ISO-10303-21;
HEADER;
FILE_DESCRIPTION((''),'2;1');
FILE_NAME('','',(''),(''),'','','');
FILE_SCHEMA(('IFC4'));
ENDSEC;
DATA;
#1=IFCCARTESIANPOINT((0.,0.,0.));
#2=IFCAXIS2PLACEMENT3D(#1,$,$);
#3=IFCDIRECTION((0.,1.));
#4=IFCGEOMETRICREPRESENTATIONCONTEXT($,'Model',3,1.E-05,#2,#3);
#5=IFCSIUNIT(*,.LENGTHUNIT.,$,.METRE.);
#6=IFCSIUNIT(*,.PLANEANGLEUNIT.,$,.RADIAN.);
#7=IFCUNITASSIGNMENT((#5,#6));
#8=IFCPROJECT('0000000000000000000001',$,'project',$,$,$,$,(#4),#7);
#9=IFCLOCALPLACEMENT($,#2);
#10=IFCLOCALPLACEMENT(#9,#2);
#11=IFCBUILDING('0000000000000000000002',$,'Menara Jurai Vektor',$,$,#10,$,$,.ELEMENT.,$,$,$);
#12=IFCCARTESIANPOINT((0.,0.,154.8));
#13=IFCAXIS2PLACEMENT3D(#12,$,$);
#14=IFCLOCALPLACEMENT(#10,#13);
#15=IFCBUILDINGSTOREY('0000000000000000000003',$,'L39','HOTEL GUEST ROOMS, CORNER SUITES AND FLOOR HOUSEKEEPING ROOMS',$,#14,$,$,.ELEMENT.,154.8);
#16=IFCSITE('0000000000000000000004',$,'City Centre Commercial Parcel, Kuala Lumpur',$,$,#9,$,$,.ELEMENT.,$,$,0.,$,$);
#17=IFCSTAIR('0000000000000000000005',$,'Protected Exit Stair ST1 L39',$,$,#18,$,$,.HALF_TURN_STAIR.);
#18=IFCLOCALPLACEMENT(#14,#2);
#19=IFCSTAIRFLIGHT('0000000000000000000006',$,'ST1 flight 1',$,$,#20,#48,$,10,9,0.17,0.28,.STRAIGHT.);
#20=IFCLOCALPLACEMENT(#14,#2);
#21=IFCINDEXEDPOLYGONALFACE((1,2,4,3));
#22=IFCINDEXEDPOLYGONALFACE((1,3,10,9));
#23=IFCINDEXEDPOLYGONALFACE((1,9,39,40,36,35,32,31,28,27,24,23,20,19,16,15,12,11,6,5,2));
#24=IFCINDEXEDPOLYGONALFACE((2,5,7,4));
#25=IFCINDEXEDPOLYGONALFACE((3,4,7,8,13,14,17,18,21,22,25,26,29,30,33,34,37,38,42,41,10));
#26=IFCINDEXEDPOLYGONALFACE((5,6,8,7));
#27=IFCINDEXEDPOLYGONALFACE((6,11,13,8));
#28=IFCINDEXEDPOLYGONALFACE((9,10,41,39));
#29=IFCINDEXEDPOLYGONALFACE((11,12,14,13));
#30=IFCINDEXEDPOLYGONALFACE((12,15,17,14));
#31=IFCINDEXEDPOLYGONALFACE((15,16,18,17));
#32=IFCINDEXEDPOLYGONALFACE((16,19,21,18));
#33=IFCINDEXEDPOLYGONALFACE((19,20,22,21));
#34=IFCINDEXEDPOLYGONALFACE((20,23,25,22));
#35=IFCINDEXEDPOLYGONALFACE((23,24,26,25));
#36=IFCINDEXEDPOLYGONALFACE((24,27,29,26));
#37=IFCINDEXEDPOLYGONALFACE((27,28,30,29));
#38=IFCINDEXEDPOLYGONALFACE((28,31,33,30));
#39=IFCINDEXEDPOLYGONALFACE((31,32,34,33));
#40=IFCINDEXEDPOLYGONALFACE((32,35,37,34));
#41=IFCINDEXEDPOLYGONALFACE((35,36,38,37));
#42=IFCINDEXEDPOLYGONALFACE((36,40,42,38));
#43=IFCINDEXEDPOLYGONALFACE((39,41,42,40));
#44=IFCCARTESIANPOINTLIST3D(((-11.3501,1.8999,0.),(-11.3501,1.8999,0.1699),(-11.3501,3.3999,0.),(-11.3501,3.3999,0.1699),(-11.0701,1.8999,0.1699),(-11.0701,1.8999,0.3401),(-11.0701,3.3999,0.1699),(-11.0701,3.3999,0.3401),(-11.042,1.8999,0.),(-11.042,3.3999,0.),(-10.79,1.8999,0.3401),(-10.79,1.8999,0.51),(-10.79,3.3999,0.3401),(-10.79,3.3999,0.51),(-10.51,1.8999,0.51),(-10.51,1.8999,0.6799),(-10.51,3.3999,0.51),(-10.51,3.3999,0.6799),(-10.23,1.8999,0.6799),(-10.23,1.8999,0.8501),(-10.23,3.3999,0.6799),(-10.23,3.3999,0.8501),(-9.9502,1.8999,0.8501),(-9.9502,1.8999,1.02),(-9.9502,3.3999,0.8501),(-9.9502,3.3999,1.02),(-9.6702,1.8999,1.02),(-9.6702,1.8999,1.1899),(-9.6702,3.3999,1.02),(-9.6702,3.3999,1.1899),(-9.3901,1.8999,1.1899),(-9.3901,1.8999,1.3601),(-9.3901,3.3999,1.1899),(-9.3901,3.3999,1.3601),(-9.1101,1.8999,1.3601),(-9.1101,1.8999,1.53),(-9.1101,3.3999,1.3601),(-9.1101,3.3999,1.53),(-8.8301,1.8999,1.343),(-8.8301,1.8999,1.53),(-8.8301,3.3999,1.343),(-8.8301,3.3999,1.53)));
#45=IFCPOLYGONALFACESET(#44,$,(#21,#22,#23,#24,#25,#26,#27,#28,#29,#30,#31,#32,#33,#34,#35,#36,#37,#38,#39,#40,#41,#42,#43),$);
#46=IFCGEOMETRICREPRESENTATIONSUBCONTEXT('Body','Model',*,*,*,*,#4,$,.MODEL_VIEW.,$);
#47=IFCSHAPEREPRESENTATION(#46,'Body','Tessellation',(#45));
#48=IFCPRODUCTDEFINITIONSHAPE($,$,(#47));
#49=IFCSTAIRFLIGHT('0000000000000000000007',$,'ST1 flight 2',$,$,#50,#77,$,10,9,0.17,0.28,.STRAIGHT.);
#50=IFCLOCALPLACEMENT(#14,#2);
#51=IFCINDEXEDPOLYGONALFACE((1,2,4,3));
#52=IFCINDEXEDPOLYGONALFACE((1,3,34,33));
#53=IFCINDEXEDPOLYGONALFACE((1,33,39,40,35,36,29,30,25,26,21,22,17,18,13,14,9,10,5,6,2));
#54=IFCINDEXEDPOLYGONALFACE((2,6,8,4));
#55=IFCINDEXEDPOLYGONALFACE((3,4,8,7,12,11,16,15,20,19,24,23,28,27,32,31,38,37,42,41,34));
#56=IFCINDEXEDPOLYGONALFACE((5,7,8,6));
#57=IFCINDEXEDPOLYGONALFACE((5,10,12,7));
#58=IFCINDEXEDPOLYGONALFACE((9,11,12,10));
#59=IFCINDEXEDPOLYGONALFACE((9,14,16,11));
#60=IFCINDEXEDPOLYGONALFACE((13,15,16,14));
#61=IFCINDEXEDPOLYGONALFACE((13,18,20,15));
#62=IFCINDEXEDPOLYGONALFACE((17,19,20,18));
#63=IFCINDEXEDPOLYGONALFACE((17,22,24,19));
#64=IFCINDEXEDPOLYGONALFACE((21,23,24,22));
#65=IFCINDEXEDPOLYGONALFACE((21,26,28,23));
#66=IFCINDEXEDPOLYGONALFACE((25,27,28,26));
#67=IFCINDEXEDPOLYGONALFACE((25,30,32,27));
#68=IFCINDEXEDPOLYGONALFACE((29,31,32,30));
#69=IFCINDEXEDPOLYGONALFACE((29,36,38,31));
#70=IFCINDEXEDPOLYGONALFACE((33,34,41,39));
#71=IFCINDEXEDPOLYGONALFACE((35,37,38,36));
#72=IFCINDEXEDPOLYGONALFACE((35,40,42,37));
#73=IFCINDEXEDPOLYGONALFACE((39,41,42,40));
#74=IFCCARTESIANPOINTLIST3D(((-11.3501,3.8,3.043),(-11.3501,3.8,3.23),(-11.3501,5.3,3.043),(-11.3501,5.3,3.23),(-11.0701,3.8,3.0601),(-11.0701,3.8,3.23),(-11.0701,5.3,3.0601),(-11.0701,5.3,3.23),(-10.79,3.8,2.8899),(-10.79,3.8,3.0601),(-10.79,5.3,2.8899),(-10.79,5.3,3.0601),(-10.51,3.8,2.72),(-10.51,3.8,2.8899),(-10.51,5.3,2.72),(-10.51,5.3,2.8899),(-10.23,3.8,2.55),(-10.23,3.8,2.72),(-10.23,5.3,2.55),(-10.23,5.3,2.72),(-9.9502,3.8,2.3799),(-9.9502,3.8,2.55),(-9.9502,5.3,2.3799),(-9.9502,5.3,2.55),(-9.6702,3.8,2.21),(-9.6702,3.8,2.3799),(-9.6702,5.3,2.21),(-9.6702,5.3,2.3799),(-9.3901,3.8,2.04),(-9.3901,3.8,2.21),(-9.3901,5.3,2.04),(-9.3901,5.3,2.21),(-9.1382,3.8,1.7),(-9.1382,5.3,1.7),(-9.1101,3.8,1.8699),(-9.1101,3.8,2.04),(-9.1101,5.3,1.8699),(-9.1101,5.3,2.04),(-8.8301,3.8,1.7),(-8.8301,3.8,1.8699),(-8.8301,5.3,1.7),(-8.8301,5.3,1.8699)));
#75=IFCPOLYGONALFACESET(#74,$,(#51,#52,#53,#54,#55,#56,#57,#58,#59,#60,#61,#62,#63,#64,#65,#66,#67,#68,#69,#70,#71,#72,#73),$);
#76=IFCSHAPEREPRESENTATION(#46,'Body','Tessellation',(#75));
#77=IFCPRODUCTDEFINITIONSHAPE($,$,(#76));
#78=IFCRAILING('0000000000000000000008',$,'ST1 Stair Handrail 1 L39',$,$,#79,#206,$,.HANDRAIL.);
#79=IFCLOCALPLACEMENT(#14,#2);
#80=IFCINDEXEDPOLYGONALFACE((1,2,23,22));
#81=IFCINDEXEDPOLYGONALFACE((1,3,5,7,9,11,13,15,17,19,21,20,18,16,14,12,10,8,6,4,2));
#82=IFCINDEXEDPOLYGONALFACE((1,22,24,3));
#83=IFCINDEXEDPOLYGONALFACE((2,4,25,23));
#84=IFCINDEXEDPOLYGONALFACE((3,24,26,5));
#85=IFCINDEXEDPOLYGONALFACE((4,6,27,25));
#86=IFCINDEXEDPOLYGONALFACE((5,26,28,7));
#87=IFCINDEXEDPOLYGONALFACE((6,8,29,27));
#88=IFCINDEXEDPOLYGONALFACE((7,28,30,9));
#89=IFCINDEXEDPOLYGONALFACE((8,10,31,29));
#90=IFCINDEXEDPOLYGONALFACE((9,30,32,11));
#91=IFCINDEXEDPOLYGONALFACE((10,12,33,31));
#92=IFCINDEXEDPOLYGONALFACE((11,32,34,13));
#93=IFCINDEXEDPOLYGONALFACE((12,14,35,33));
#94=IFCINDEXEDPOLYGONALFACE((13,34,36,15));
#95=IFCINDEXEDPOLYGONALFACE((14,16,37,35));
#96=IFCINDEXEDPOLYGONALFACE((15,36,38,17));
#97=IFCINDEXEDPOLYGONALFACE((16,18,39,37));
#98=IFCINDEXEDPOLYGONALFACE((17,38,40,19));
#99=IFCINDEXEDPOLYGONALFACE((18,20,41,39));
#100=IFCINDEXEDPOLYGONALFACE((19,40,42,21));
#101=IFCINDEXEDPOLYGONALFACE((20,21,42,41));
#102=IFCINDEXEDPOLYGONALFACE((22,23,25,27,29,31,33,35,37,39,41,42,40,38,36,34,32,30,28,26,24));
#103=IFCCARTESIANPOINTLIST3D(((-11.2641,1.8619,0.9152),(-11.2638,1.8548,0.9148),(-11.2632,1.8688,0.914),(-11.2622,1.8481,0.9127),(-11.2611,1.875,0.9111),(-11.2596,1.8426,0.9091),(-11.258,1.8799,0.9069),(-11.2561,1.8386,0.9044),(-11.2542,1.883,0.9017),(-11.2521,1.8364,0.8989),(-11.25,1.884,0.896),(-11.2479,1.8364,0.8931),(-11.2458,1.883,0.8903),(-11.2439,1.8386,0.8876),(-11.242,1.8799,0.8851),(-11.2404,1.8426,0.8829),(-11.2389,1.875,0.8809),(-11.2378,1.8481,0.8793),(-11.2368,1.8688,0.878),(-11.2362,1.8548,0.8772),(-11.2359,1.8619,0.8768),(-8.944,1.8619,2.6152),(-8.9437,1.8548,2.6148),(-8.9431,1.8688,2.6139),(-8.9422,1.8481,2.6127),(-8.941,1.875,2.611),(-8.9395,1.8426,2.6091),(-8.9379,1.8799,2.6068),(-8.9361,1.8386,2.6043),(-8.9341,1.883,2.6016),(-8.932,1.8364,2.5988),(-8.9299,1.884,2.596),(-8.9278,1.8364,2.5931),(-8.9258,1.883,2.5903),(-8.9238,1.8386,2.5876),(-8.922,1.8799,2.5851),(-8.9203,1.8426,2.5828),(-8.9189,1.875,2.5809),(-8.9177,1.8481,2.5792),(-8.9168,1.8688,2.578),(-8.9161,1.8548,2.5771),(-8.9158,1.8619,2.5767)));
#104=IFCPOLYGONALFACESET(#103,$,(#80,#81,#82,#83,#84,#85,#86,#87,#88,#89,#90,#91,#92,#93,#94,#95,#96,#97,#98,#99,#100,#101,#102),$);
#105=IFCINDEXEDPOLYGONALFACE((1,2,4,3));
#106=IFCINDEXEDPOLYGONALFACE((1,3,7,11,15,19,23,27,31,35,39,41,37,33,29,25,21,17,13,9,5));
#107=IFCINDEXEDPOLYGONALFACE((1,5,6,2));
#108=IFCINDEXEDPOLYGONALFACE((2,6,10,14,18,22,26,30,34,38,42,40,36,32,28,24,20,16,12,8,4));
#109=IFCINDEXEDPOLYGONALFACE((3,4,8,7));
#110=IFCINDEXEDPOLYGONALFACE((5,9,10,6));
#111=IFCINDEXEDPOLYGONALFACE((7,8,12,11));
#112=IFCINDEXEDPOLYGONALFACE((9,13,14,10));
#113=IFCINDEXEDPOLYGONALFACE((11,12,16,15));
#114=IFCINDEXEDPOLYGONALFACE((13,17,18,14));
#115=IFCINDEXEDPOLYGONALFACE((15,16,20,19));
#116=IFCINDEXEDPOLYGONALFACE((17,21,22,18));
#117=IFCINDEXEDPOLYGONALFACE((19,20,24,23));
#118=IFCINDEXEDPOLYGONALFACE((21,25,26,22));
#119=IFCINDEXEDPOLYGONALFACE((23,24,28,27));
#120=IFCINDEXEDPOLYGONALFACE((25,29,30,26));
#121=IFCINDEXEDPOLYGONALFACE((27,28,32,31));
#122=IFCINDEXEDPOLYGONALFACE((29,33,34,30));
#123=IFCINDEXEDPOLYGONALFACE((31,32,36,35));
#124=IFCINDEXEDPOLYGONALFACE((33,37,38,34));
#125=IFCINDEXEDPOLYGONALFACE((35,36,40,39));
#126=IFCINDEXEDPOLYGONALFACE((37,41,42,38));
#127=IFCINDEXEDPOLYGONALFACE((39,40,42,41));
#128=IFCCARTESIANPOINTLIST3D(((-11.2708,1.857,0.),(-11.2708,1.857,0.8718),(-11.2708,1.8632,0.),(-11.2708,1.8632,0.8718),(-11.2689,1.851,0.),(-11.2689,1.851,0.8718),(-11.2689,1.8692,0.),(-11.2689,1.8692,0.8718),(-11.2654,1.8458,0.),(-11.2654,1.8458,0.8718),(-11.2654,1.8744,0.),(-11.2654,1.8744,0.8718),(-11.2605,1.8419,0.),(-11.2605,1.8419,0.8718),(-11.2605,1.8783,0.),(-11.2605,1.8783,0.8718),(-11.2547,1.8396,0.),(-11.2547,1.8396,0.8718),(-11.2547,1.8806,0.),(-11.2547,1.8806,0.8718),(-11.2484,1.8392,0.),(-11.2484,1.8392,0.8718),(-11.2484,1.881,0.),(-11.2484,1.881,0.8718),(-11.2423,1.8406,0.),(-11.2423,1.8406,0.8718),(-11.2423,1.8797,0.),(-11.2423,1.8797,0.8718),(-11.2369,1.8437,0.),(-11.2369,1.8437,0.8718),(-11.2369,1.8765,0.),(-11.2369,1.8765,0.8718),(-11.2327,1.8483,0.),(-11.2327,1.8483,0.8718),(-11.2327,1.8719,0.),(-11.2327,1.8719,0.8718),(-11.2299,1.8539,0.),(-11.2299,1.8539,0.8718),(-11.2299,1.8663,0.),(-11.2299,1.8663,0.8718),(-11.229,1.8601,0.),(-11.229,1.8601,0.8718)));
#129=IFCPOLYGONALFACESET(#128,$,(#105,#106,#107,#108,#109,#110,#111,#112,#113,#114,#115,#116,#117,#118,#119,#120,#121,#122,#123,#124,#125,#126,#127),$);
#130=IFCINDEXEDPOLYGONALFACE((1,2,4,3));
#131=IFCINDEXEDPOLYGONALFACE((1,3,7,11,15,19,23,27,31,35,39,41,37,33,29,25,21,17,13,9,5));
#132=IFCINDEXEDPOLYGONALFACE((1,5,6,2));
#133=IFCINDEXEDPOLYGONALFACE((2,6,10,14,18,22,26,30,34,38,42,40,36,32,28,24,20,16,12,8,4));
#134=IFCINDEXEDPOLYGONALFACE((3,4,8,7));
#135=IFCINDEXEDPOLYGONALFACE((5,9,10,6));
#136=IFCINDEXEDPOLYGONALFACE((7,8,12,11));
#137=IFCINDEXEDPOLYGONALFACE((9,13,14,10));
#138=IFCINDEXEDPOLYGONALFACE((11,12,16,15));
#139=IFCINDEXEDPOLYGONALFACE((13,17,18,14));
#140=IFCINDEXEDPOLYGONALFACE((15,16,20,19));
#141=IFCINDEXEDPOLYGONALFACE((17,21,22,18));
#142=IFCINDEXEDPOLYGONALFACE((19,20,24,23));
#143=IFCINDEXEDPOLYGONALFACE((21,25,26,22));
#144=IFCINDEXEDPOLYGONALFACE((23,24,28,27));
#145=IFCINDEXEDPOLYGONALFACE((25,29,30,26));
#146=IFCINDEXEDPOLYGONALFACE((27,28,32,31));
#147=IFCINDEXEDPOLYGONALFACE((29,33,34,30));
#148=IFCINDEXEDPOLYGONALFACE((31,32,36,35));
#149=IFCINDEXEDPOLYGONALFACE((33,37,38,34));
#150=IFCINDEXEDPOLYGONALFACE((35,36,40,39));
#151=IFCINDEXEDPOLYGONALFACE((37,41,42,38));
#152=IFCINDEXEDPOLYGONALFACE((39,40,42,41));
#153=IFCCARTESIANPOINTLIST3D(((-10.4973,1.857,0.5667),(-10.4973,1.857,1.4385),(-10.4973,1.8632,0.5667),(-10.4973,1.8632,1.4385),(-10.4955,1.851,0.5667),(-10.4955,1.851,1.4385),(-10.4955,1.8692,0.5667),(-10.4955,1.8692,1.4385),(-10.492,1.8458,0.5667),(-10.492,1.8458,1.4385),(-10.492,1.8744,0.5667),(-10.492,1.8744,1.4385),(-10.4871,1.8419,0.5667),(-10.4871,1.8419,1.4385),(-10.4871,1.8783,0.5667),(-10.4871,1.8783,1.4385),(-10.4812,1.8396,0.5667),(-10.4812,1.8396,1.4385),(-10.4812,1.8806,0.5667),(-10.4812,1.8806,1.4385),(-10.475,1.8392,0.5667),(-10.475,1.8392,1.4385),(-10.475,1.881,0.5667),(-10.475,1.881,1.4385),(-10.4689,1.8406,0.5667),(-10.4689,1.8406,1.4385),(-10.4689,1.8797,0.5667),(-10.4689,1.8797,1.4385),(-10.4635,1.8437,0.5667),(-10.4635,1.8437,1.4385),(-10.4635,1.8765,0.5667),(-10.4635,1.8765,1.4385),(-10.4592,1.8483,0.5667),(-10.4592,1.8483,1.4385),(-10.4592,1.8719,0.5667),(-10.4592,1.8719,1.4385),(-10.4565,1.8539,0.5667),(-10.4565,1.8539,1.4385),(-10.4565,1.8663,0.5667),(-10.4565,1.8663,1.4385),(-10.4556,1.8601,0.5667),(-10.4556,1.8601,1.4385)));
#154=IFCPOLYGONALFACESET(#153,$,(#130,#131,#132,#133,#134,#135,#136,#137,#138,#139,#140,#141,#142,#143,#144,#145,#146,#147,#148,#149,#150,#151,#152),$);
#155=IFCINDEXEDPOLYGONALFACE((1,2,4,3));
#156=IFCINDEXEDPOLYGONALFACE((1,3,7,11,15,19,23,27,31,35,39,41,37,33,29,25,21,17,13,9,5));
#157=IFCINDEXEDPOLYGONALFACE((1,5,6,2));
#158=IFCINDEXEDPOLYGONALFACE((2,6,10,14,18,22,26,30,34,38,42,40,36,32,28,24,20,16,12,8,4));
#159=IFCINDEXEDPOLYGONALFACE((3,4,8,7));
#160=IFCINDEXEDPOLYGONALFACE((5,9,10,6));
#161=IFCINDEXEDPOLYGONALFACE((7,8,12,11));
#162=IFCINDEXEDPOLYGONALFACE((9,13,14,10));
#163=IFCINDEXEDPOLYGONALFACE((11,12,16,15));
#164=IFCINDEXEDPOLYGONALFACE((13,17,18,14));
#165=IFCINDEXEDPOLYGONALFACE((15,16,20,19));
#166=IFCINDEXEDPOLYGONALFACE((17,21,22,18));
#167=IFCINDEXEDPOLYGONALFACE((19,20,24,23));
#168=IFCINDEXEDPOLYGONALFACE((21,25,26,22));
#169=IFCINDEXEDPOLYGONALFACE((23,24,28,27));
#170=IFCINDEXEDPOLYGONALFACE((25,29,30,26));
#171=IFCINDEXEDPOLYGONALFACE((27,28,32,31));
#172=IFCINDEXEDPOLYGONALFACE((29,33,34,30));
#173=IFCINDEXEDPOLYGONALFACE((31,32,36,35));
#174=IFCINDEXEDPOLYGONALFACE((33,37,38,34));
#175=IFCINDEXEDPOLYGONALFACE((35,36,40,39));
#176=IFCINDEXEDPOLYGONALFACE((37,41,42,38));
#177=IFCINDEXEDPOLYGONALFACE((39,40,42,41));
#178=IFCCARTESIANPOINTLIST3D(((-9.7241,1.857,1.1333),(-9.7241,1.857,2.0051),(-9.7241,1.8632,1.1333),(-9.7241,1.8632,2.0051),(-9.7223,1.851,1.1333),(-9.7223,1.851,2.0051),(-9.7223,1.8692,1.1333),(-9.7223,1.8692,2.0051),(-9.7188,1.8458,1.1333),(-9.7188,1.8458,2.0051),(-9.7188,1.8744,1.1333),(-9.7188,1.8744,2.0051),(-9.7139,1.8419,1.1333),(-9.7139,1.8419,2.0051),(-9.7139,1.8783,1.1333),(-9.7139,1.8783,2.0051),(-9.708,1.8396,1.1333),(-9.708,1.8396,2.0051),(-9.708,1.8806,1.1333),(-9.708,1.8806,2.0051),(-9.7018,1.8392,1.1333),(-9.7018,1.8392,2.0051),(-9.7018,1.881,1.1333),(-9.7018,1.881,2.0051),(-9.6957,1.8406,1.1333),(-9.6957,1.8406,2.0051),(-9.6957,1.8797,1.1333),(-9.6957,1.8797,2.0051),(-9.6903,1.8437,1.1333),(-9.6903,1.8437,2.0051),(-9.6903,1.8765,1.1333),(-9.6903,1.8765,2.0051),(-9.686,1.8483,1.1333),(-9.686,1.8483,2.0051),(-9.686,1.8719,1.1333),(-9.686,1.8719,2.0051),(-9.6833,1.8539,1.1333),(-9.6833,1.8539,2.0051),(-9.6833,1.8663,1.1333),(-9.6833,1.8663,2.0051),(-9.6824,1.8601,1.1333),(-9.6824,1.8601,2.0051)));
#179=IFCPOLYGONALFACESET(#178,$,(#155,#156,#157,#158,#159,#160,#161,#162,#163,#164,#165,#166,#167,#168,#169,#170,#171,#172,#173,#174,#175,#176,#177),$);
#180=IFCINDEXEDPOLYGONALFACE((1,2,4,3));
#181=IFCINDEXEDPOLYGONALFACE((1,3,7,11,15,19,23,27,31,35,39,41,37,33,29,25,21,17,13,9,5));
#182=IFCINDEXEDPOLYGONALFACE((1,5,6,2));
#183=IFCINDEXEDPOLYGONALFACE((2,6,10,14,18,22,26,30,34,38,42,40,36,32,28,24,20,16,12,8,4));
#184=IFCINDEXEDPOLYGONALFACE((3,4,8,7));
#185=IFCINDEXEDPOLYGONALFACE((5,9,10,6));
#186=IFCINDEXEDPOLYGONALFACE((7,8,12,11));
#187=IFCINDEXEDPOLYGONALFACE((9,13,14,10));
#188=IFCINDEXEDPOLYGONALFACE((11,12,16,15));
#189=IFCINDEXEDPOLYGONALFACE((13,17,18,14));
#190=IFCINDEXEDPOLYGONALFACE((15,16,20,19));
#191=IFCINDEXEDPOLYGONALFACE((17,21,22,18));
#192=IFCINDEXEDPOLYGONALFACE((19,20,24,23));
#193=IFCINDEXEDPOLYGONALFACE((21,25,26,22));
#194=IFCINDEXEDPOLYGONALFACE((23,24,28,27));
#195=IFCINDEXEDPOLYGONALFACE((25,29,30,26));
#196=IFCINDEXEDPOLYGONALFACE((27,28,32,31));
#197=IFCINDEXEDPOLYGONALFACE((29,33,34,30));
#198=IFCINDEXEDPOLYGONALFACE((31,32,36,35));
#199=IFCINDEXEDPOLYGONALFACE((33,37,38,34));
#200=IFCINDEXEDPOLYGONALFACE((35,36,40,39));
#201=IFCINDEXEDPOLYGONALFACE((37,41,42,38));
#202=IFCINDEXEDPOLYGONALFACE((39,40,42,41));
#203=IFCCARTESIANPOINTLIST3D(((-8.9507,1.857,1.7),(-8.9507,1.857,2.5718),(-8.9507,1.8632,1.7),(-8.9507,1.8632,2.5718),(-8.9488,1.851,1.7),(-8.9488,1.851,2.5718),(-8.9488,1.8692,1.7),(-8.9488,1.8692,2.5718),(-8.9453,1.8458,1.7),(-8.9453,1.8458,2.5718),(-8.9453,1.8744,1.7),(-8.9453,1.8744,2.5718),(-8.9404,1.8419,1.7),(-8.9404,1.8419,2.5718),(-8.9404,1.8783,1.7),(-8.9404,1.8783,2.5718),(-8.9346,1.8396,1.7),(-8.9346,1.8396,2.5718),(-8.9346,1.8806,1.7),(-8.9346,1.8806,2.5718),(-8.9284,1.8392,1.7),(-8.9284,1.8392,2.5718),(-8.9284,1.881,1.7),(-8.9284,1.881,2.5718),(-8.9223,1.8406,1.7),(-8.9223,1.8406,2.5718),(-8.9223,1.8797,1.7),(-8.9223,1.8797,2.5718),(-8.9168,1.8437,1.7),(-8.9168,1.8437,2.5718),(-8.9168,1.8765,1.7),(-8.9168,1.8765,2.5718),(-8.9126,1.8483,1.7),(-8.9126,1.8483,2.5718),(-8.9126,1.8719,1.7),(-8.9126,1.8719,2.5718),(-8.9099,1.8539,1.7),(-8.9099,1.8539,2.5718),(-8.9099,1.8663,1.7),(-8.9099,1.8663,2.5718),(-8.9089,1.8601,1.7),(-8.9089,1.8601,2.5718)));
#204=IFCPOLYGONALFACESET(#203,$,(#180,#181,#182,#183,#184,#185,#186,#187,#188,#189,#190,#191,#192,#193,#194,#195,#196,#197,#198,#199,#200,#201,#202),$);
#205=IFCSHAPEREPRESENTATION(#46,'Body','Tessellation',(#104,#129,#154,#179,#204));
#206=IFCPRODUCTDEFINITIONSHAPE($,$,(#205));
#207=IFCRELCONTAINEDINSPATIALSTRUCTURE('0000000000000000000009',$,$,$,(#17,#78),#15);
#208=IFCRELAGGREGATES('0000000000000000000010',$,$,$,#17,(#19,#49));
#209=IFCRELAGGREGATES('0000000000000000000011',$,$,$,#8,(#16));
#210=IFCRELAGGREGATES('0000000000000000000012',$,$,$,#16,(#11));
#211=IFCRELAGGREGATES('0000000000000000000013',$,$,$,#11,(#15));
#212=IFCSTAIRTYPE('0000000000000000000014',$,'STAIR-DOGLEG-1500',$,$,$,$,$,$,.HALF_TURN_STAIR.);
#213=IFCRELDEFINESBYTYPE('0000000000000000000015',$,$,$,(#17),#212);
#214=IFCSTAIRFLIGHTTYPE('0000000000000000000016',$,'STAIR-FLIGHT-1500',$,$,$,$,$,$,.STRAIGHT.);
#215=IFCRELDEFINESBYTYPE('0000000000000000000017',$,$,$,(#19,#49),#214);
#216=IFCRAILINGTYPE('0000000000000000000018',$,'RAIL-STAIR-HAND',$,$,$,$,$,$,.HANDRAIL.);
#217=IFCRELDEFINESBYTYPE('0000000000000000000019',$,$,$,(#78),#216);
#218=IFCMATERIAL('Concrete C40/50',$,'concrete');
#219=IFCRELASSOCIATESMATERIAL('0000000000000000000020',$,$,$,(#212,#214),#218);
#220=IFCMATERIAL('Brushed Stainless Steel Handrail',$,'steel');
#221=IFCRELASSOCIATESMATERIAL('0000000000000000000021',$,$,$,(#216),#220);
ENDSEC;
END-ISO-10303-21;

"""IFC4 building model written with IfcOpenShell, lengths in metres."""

from ifc_helpers import new_model, si_unit, direction, frame, origin, origin_2d, place, context, subcontext, project, spatial, polyline, circle, outline, extrude, material, type_object, element, aggregate, save


model = new_model("IFC4")

# Units and contexts
model_context = context("Model", 3, precision=1e-05, world=origin(), true_north=direction((0.0, 1.0)))
body_context = subcontext(model_context, "Body", "Model", "MODEL_VIEW")
ifc_project = project(units=[si_unit("LENGTHUNIT", "METRE"), si_unit("PLANEANGLEUNIT", "RADIAN")], contexts=[model_context])

# Site, building, storey
site_placement = place(None, origin())
site = spatial("IfcSite", under=ifc_project, at=site_placement, Name="City Centre Commercial Parcel, Kuala Lumpur", CompositionType="ELEMENT", RefElevation=0.0)
building_placement = place(site_placement, origin())
building = spatial("IfcBuilding", under=site, at=building_placement, Name="Menara Jurai Vektor", CompositionType="ELEMENT")
storey_placement = place(building_placement, frame((0.0, 0.0, 154.8)))
storey = spatial("IfcBuildingStorey", under=building, at=storey_placement, Name="L39", Description="HOTEL GUEST ROOMS, CORNER SUITES AND FLOOR HOUSEKEEPING ROOMS", CompositionType="ELEMENT", Elevation=154.8)

# Shared definitions
ifc_material_1 = material(Name="Concrete C40/50", Category="concrete")

# Stair, stair flights
stair_type = type_object("IfcStairType", Name="STAIR-DOGLEG-1500", PredefinedType="HALF_TURN_STAIR", material=ifc_material_1)
stair_placement = place(storey_placement, origin())
stair = element("IfcStair", 1, at=stair_placement, inside=storey, type_object=stair_type, Name="Protected Exit Stair ST1 L39", PredefinedType="HALF_TURN_STAIR")
stair_flight_type = type_object("IfcStairFlightType", Name="STAIR-FLIGHT-1500", PredefinedType="STRAIGHT", material=ifc_material_1)
stair_flight_1_placement = place(storey_placement, frame((-11.3501, 2.6499, 0.0), z_axis=(0.0, 0.0, 1.0), x_axis=(1.0, 0.0, 0.0)))
stair_flight_1 = element("IfcStairFlight", 2, at=stair_flight_1_placement, type_object=stair_flight_type, Name="ST1 flight 1", NumberOfRisers=10, NumberOfTreads=9, PredefinedType="STRAIGHT", RiserHeight=0.17, TreadLength=0.28, context=body_context, shape_type="SweptSolid", body=[
    extrude(outline(polyline([(0.0, 0.0), (0.0, 0.1699), (0.28, 0.1699), (0.28, 0.3401), (0.5601, 0.3401), (0.5601, 0.51), (0.8401, 0.51), (0.8401, 0.6799), (1.1201, 0.6799), (1.1201, 0.8501), (1.3999, 0.8501), (1.3999, 1.02), (1.6799, 1.02), (1.6799, 1.1899), (1.96, 1.1899), (1.96, 1.3601), (2.24, 1.3601), (2.24, 1.53), (2.52, 1.53), (2.52, 1.7), (2.52, 1.343), (0.3081, 0.0), (0.0, 0.0)])), frame((0.0, 0.75, 0.0), z_axis=(0.0, -1.0, 0.0), x_axis=(1.0, 0.0, 0.0)), (0.0, 0.0, 1.0), 1.5),
])
stair_flight_2_placement = place(storey_placement, frame((-8.8301, 4.55, 1.7), z_axis=(0.0, 0.0, 1.0), x_axis=(-1.0, 0.0, 0.0)))
stair_flight_2 = element("IfcStairFlight", 3, at=stair_flight_2_placement, type_object=stair_flight_type, Name="ST1 flight 2", NumberOfRisers=10, NumberOfTreads=9, PredefinedType="STRAIGHT", RiserHeight=0.17, TreadLength=0.28, context=body_context, shape_type="SweptSolid", body=[
    extrude(outline(polyline([(0.0, 0.0), (0.0, 0.1699), (0.28, 0.1699), (0.28, 0.3401), (0.5601, 0.3401), (0.5601, 0.51), (0.8401, 0.51), (0.8401, 0.6799), (1.1201, 0.6799), (1.1201, 0.8501), (1.3999, 0.8501), (1.3999, 1.02), (1.6799, 1.02), (1.6799, 1.1899), (1.96, 1.1899), (1.96, 1.3601), (2.24, 1.3601), (2.24, 1.53), (2.52, 1.53), (2.52, 1.7), (2.52, 1.343), (0.3081, 0.0), (0.0, 0.0)])), frame((0.0, 0.75, 0.0), z_axis=(0.0, -1.0, 0.0), x_axis=(1.0, 0.0, 0.0)), (0.0, 0.0, 1.0), 1.5),
])
aggregate(stair, [stair_flight_1, stair_flight_2])

# Railing
ifc_material_2 = material(Name="Brushed Stainless Steel Handrail", Category="steel")
railing_type_1 = type_object("IfcRailingType", Name="RAIL-STAIR-HAND", PredefinedType="HANDRAIL", material=ifc_material_2)
railing_1_placement = place(storey_placement, frame((-11.25, 1.8601, 0.0)))
element("IfcRailing", 4, at=railing_1_placement, inside=storey, type_object=railing_type_1, Name="ST1 Stair Handrail 1 L39", PredefinedType="HANDRAIL", context=body_context, shape_type="SweptSolid", body=[
    extrude(circle(Radius=0.0239, at=origin_2d()), frame((0.0, 0.0, 0.896), z_axis=(0.806642, 0.0, 0.59104), x_axis=(0.0, 1.0, 0.0)), (0.0, 0.0, 1.0), 2.8762),
    extrude(circle(Radius=0.021, at=origin_2d()), origin(), (0.0, 0.0, 1.0), 0.8718),
    extrude(circle(Radius=0.021, at=origin_2d()), frame((0.7734, 0.0, 0.5667)), (0.0, 0.0, 1.0), 0.8718),
    extrude(circle(Radius=0.021, at=origin_2d()), frame((1.5466, 0.0, 1.1333)), (0.0, 0.0, 1.0), 0.8718),
    extrude(circle(Radius=0.021, at=origin_2d()), frame((2.3201, 0.0, 1.7)), (0.0, 0.0, 1.0), 0.8718),
])

save(model, "model.ifc")
